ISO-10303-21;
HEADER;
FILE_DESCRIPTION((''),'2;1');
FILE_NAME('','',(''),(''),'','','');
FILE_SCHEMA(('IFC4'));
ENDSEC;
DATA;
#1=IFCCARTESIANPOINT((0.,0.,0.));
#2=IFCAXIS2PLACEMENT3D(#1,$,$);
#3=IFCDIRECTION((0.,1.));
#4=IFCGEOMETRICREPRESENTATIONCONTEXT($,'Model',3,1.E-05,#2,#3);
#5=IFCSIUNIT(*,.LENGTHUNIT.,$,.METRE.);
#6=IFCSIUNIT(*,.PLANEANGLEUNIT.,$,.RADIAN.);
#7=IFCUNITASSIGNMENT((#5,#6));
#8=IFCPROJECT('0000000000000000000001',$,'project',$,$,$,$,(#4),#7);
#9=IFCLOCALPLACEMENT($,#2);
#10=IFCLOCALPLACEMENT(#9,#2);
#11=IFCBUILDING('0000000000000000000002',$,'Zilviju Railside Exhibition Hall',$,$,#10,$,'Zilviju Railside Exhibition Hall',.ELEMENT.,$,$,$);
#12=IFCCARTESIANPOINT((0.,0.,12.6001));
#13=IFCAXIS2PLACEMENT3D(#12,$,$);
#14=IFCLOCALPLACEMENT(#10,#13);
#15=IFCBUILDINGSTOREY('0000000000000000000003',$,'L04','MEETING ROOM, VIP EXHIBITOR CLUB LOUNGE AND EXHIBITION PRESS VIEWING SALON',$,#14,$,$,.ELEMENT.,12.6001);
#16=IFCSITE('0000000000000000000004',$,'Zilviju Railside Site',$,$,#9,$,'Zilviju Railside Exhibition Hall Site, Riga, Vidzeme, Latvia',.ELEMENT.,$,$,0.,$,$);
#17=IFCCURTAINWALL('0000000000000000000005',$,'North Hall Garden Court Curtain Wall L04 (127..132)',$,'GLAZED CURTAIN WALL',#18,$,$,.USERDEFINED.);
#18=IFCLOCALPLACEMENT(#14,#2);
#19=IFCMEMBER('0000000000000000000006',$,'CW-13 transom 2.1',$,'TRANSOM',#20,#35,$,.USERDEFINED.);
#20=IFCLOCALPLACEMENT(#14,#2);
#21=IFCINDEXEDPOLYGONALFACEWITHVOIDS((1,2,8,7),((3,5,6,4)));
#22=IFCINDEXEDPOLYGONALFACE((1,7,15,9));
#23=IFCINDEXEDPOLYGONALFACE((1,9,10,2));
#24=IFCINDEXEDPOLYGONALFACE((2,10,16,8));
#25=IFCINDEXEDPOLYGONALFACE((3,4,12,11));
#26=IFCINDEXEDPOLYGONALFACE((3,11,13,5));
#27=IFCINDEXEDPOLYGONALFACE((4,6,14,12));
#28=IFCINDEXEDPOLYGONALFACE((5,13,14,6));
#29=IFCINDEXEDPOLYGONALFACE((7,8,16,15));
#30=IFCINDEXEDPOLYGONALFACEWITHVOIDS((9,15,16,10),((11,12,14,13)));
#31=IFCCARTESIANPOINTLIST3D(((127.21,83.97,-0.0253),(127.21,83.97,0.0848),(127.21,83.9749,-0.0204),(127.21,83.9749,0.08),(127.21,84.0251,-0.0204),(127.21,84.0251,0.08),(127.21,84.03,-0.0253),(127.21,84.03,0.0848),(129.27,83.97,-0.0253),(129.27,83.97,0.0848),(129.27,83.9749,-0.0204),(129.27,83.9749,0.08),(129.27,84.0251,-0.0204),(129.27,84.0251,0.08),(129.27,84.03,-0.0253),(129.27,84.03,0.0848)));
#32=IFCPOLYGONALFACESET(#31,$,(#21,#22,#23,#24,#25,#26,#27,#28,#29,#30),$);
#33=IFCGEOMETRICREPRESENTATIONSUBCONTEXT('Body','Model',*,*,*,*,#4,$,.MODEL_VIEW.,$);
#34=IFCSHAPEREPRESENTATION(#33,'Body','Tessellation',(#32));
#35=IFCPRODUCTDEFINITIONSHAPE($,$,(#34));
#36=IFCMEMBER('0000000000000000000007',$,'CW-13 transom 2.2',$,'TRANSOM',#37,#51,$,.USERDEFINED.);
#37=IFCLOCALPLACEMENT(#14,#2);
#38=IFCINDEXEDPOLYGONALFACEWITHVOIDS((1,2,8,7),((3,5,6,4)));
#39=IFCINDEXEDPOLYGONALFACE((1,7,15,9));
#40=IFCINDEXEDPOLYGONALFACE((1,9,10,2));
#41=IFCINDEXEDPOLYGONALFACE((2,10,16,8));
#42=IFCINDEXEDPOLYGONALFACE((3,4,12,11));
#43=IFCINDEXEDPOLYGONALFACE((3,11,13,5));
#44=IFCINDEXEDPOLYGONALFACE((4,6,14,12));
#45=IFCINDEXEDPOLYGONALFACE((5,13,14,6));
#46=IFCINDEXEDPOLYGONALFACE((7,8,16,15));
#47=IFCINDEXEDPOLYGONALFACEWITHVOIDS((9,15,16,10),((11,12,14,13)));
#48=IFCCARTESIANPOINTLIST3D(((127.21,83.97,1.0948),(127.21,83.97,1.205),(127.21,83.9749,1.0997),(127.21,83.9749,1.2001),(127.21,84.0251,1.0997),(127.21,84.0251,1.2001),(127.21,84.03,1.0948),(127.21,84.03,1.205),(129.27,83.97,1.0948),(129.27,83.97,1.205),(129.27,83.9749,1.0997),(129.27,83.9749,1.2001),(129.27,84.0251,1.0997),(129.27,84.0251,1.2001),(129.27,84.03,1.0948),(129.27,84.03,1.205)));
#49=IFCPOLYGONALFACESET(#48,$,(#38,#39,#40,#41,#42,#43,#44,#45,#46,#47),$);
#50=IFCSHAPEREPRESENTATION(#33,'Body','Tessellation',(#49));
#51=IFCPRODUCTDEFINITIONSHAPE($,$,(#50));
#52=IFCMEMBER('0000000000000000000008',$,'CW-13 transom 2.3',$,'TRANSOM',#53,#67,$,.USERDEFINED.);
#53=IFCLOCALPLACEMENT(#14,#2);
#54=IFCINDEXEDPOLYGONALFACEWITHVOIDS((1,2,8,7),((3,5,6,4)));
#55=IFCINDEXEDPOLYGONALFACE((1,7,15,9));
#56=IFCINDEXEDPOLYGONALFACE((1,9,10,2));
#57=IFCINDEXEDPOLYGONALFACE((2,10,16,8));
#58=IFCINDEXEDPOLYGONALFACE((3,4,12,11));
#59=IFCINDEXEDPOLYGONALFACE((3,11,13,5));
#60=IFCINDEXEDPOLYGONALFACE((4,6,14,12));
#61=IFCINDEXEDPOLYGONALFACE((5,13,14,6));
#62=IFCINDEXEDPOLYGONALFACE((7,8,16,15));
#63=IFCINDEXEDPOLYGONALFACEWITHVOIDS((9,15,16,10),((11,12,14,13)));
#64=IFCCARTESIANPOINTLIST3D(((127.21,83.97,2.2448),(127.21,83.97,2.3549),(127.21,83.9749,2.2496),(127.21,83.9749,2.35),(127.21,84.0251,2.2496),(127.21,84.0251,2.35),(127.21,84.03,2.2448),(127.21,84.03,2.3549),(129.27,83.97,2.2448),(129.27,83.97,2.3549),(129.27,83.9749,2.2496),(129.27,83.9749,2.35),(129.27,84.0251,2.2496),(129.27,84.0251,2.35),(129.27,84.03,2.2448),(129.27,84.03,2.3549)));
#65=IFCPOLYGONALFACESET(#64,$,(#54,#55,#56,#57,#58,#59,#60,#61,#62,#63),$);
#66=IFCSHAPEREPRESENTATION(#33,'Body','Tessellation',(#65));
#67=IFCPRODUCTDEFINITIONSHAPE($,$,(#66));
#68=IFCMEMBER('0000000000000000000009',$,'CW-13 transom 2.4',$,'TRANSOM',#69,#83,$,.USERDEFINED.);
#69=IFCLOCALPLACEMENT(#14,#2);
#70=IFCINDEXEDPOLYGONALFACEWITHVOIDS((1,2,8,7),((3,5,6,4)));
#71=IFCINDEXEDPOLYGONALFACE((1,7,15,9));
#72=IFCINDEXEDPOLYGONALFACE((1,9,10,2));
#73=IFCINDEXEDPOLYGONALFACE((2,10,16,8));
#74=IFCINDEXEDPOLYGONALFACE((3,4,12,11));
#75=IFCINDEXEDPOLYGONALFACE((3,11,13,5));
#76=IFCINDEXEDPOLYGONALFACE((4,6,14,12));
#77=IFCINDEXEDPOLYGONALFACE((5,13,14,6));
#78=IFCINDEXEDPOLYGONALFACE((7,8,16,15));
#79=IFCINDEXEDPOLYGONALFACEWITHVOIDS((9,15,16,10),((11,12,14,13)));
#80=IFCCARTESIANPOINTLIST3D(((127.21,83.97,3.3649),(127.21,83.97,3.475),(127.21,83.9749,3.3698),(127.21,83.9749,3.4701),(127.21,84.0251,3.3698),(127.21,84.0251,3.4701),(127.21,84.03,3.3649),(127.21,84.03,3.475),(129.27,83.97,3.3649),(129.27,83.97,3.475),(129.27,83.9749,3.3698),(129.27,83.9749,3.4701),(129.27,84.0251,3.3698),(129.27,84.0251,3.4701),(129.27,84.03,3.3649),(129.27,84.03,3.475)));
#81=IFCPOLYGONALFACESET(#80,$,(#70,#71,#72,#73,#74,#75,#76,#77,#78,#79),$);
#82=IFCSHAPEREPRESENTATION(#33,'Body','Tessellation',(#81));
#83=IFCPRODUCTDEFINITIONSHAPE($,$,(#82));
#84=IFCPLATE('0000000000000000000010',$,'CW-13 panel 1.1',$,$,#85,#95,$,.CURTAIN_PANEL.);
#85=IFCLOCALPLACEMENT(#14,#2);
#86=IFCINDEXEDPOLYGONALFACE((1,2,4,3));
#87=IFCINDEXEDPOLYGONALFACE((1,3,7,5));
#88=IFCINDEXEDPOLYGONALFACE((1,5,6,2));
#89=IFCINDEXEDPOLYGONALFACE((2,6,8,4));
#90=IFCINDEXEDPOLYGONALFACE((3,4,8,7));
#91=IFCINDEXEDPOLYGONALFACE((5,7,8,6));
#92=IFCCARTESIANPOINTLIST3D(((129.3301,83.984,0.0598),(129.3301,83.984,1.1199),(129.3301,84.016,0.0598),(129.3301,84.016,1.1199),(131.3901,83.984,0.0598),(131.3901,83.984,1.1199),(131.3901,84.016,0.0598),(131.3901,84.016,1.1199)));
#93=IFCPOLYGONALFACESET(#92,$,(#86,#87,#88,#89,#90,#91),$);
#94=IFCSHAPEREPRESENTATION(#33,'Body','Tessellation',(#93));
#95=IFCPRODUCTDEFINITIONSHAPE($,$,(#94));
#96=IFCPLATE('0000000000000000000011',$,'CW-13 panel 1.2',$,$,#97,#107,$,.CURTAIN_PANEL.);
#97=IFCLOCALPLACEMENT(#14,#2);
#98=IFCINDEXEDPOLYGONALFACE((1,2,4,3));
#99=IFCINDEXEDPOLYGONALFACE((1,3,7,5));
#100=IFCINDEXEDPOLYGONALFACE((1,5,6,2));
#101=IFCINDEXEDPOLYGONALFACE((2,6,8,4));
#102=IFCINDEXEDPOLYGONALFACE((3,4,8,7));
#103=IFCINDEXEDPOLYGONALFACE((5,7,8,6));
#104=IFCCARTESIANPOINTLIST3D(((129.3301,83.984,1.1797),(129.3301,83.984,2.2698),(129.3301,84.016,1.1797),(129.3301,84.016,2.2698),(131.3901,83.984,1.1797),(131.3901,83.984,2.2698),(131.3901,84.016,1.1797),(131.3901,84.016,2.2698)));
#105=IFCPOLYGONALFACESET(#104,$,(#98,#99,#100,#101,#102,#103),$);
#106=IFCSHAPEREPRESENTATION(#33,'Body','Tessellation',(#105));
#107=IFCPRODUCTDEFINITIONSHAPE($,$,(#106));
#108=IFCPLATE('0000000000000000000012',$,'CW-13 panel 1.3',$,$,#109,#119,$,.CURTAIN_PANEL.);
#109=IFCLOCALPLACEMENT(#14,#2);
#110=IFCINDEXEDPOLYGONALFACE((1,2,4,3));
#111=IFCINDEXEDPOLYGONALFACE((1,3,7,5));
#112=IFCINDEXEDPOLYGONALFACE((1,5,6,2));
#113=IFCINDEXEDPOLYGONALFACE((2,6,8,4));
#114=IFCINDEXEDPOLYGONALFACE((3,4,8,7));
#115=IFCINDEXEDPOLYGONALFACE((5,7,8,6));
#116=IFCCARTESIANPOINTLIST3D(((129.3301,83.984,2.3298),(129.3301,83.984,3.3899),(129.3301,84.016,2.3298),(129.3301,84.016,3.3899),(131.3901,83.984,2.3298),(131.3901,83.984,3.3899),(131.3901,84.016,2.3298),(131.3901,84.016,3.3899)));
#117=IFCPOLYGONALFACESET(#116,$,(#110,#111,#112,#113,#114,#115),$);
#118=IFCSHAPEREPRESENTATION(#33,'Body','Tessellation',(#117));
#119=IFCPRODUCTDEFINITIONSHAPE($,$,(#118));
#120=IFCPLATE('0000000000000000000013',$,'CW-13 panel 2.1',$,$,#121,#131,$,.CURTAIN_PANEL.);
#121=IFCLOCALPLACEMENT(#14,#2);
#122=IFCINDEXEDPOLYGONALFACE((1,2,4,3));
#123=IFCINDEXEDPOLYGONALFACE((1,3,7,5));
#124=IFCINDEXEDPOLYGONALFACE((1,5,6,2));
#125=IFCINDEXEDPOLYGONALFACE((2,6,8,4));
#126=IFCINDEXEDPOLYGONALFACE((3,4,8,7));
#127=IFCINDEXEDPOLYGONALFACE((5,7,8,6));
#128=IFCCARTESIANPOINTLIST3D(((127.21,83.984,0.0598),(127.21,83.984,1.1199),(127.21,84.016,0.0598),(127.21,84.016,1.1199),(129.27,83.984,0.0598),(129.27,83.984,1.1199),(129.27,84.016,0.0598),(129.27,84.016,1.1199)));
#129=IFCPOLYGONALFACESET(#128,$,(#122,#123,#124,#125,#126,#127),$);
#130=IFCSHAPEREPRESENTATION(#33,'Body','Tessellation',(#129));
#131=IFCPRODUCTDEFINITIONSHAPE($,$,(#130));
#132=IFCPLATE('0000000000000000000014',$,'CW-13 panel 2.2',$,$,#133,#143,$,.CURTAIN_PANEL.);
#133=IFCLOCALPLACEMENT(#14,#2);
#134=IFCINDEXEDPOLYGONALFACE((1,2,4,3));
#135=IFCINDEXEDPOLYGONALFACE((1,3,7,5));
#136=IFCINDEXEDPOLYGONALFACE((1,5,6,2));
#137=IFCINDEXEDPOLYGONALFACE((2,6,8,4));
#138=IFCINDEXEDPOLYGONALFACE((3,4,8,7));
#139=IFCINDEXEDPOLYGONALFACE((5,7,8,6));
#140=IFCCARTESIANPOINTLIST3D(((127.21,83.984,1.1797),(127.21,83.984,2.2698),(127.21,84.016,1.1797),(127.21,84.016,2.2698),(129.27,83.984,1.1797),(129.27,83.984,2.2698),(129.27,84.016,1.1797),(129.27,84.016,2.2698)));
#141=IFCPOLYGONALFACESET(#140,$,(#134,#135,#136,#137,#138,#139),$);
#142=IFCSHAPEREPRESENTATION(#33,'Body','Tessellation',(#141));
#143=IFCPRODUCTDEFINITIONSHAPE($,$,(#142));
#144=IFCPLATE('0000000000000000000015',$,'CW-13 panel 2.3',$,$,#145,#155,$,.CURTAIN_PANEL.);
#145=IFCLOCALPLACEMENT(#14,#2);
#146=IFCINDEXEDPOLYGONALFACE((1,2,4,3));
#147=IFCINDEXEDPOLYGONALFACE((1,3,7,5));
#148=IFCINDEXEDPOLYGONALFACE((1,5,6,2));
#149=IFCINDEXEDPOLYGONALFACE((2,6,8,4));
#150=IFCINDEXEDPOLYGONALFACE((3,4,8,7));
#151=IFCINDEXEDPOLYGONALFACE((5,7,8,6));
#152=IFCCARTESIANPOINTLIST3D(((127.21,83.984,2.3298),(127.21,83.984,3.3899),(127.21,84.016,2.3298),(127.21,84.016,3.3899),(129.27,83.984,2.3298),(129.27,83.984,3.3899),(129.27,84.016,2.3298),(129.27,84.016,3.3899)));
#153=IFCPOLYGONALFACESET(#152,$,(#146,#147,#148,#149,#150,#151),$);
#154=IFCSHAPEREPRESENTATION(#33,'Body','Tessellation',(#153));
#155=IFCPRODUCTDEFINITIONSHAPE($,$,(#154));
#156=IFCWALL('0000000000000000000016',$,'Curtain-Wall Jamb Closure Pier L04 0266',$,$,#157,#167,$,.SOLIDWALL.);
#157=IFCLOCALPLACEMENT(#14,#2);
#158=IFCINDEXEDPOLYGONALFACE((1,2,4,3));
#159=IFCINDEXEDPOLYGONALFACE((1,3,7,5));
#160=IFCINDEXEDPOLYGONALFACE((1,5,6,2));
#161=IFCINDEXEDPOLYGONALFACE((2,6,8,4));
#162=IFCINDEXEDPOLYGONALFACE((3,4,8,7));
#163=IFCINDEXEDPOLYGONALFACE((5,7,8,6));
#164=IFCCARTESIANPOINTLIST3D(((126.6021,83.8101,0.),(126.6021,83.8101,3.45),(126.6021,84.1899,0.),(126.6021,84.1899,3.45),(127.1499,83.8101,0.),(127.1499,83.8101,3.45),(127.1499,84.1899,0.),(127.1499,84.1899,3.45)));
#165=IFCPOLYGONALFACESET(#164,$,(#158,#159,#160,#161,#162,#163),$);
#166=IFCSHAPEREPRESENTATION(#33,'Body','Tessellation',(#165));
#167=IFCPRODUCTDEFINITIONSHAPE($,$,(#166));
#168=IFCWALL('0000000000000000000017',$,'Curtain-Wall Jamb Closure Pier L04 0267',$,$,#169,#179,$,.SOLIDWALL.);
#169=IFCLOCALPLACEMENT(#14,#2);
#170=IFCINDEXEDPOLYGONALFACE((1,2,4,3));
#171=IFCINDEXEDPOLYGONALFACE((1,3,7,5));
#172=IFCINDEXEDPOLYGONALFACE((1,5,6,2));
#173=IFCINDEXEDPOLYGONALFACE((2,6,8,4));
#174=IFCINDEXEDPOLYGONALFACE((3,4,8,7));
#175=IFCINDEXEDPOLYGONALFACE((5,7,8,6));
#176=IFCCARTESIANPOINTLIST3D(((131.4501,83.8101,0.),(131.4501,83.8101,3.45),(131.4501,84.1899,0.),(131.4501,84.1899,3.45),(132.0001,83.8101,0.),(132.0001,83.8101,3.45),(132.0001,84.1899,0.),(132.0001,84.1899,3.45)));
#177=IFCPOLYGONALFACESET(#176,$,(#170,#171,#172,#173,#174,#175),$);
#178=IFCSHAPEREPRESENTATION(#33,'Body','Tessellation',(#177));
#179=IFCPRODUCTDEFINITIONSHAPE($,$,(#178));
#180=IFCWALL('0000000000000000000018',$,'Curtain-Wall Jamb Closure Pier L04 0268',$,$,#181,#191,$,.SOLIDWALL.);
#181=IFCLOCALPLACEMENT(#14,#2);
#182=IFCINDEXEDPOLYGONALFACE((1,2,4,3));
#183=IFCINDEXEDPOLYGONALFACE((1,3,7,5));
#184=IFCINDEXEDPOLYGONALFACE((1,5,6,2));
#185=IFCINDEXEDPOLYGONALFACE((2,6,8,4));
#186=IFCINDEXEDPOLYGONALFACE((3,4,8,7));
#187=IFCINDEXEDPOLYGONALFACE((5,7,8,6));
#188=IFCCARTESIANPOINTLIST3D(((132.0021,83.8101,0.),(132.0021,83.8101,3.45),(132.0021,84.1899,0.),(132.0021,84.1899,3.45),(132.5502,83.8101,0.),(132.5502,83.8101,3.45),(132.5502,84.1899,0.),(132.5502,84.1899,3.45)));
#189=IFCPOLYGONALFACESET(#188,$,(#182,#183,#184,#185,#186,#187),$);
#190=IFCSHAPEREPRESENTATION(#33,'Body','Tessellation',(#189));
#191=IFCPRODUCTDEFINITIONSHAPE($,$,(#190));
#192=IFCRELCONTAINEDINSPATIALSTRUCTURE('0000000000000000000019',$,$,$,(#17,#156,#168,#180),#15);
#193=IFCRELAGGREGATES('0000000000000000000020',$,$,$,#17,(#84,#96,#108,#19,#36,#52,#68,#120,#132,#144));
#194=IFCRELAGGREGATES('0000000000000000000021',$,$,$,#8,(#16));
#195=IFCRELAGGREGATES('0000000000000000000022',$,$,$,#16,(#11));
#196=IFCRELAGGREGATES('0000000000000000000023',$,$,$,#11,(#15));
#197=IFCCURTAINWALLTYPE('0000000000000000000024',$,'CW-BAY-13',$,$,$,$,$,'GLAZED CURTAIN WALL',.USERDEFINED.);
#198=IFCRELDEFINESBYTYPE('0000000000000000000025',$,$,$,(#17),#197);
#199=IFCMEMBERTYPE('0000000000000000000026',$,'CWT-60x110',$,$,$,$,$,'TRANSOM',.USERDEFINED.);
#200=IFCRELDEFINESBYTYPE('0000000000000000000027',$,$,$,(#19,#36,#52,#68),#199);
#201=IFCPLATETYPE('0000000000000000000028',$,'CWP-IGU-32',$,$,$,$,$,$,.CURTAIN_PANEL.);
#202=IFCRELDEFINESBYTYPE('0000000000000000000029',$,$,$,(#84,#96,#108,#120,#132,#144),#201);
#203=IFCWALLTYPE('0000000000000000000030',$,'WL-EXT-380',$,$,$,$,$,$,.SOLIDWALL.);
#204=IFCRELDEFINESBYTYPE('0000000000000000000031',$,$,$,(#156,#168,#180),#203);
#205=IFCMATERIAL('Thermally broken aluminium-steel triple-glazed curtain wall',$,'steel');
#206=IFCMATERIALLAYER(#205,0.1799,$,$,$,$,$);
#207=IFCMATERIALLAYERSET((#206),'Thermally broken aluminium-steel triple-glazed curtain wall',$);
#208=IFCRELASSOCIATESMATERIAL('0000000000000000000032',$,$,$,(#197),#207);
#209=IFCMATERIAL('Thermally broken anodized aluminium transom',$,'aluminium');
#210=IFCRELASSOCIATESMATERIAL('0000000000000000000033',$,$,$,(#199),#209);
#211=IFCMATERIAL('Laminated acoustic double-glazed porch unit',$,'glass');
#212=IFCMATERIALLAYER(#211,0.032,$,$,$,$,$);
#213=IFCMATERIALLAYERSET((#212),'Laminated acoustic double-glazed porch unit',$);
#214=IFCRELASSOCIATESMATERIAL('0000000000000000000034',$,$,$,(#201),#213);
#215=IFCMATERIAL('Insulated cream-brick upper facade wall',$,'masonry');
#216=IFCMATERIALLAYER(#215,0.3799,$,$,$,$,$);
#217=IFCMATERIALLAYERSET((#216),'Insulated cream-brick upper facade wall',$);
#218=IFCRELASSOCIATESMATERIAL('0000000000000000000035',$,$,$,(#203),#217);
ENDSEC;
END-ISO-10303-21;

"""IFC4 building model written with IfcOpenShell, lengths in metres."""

from ifc_helpers import new_model, si_unit, direction, frame, frame_2d, origin, origin_2d, place, context, subcontext, project, spatial, rectangle, hollow_rectangle, extrude, material, layer, layer_set, material_profile, profile_set, type_object, element, aggregate, save


model = new_model("IFC4")

# Units and contexts
model_context = context("Model", 3, precision=1e-05, world=origin(), true_north=direction((0.0, 1.0)))
body_context = subcontext(model_context, "Body", "Model", "MODEL_VIEW")
ifc_project = project(units=[si_unit("LENGTHUNIT", "METRE"), si_unit("PLANEANGLEUNIT", "RADIAN")], contexts=[model_context])

# Site, building, storey
site_placement = place(None, origin())
site = spatial("IfcSite", under=ifc_project, at=site_placement, Name="Zilviju Railside Site", LongName="Zilviju Railside Exhibition Hall Site, Riga, Vidzeme, Latvia", CompositionType="ELEMENT", RefElevation=0.0)
building_placement = place(site_placement, origin())
building = spatial("IfcBuilding", under=site, at=building_placement, Name="Zilviju Railside Exhibition Hall", LongName="Zilviju Railside Exhibition Hall", CompositionType="ELEMENT")
storey_placement = place(building_placement, frame((0.0, 0.0, 12.6001)))
storey = spatial("IfcBuildingStorey", under=building, at=storey_placement, Name="L04", Description="MEETING ROOM, VIP EXHIBITOR CLUB LOUNGE AND EXHIBITION PRESS VIEWING SALON", CompositionType="ELEMENT", Elevation=12.6001)

# Curtain wall
ifc_material_1 = material(Name="Thermally broken aluminium-steel triple-glazed curtain wall", Category="steel")
ifc_layer_1 = layer(ifc_material_1, 0.1799)
ifc_layer_set_1 = layer_set([ifc_layer_1], Name="Thermally broken aluminium-steel triple-glazed curtain wall")
curtain_wall_type_1 = type_object("IfcCurtainWallType", Name="CW-BAY-13", ElementType="GLAZED CURTAIN WALL", PredefinedType="USERDEFINED", material=ifc_layer_set_1)
curtain_wall_1_placement = place(storey_placement, origin())
curtain_wall_1 = element("IfcCurtainWall", 1, at=curtain_wall_1_placement, inside=storey, type_object=curtain_wall_type_1, Name="North Hall Garden Court Curtain Wall L04 (127..132)", ObjectType="GLAZED CURTAIN WALL", PredefinedType="USERDEFINED")

# Members
ifc_material_2 = material(Name="Thermally broken anodized aluminium transom", Category="aluminium")
ifc_material_profile_1 = material_profile(ifc_material_2, hollow_rectangle(XDim=0.0601, YDim=0.1101, WallThickness=0.0049, at=origin_2d()), Name="TRANSOM 110x60x5")
ifc_profile_set_1 = profile_set([ifc_material_profile_1], Name="Thermally broken anodized aluminium transom")
member_type_1 = type_object("IfcMemberType", Name="CWT-60x110", ElementType="TRANSOM", PredefinedType="USERDEFINED", material=ifc_profile_set_1)
member_1_placement = place(storey_placement, frame((129.27, 84.0, 0.0298), z_axis=(-1.0, 0.0, 0.0), x_axis=(0.0, -1.0, 0.0)))
member_1 = element("IfcMember", 2, at=member_1_placement, type_object=member_type_1, Name="CW-13 transom 2.1", ObjectType="TRANSOM", PredefinedType="USERDEFINED", context=body_context, shape_type="SweptSolid", body=[
    extrude(hollow_rectangle(XDim=0.0601, YDim=0.1101, WallThickness=0.0049, at=origin_2d()), origin(), (0.0, 0.0, 1.0), 2.0601),
])
member_2_placement = place(storey_placement, frame((129.27, 84.0, 1.1499), z_axis=(-1.0, 0.0, 0.0), x_axis=(0.0, -1.0, 0.0)))
member_2 = element("IfcMember", 3, at=member_2_placement, type_object=member_type_1, Name="CW-13 transom 2.2", ObjectType="TRANSOM", PredefinedType="USERDEFINED", context=body_context, shape_type="SweptSolid", body=[
    extrude(hollow_rectangle(XDim=0.0601, YDim=0.1101, WallThickness=0.0049, at=origin_2d()), origin(), (0.0, 0.0, 1.0), 2.0601),
])
member_3_placement = place(storey_placement, frame((129.27, 84.0, 2.2998), z_axis=(-1.0, 0.0, 0.0), x_axis=(0.0, -1.0, 0.0)))
member_3 = element("IfcMember", 4, at=member_3_placement, type_object=member_type_1, Name="CW-13 transom 2.3", ObjectType="TRANSOM", PredefinedType="USERDEFINED", context=body_context, shape_type="SweptSolid", body=[
    extrude(hollow_rectangle(XDim=0.0601, YDim=0.1101, WallThickness=0.0049, at=origin_2d()), origin(), (0.0, 0.0, 1.0), 2.0601),
])
member_4_placement = place(storey_placement, frame((129.27, 84.0, 3.4199), z_axis=(-1.0, 0.0, 0.0), x_axis=(0.0, -1.0, 0.0)))
member_4 = element("IfcMember", 5, at=member_4_placement, type_object=member_type_1, Name="CW-13 transom 2.4", ObjectType="TRANSOM", PredefinedType="USERDEFINED", context=body_context, shape_type="SweptSolid", body=[
    extrude(hollow_rectangle(XDim=0.0601, YDim=0.1101, WallThickness=0.0049, at=origin_2d()), origin(), (0.0, 0.0, 1.0), 2.0601),
])

# Plates
ifc_material_3 = material(Name="Laminated acoustic double-glazed porch unit", Category="glass")
ifc_layer_2 = layer(ifc_material_3, 0.032)
ifc_layer_set_2 = layer_set([ifc_layer_2], Name="Laminated acoustic double-glazed porch unit")
plate_type = type_object("IfcPlateType", Name="CWP-IGU-32", PredefinedType="CURTAIN_PANEL", material=ifc_layer_set_2)
plate_1_placement = place(storey_placement, frame((130.3601, 84.0, 0.0598), z_axis=(0.0, 0.0, 1.0), x_axis=(-1.0, 0.0, 0.0)))
plate_1 = element("IfcPlate", 6, at=plate_1_placement, type_object=plate_type, Name="CW-13 panel 1.1", PredefinedType="CURTAIN_PANEL", context=body_context, shape_type="SweptSolid", body=[
    extrude(rectangle(XDim=2.0601, YDim=0.032, at=origin_2d()), origin(), (0.0, 0.0, 1.0), 1.0601),
])
plate_2_placement = place(storey_placement, frame((130.3601, 84.0, 1.1797), z_axis=(0.0, 0.0, 1.0), x_axis=(-1.0, 0.0, 0.0)))
plate_2 = element("IfcPlate", 7, at=plate_2_placement, type_object=plate_type, Name="CW-13 panel 1.2", PredefinedType="CURTAIN_PANEL", context=body_context, shape_type="SweptSolid", body=[
    extrude(rectangle(XDim=2.0601, YDim=0.032, at=origin_2d()), origin(), (0.0, 0.0, 1.0), 1.0901),
])
plate_3_placement = place(storey_placement, frame((130.3601, 84.0, 2.3298), z_axis=(0.0, 0.0, 1.0), x_axis=(-1.0, 0.0, 0.0)))
plate_3 = element("IfcPlate", 8, at=plate_3_placement, type_object=plate_type, Name="CW-13 panel 1.3", PredefinedType="CURTAIN_PANEL", context=body_context, shape_type="SweptSolid", body=[
    extrude(rectangle(XDim=2.0601, YDim=0.032, at=origin_2d()), origin(), (0.0, 0.0, 1.0), 1.0601),
])
plate_4_placement = place(storey_placement, frame((128.24, 84.0, 0.0598), z_axis=(0.0, 0.0, 1.0), x_axis=(-1.0, 0.0, 0.0)))
plate_4 = element("IfcPlate", 9, at=plate_4_placement, type_object=plate_type, Name="CW-13 panel 2.1", PredefinedType="CURTAIN_PANEL", context=body_context, shape_type="SweptSolid", body=[
    extrude(rectangle(XDim=2.0601, YDim=0.032, at=origin_2d()), origin(), (0.0, 0.0, 1.0), 1.0601),
])
plate_5_placement = place(storey_placement, frame((128.24, 84.0, 1.1797), z_axis=(0.0, 0.0, 1.0), x_axis=(-1.0, 0.0, 0.0)))
plate_5 = element("IfcPlate", 10, at=plate_5_placement, type_object=plate_type, Name="CW-13 panel 2.2", PredefinedType="CURTAIN_PANEL", context=body_context, shape_type="SweptSolid", body=[
    extrude(rectangle(XDim=2.0601, YDim=0.032, at=origin_2d()), origin(), (0.0, 0.0, 1.0), 1.0901),
])
plate_6_placement = place(storey_placement, frame((128.24, 84.0, 2.3298), z_axis=(0.0, 0.0, 1.0), x_axis=(-1.0, 0.0, 0.0)))
plate_6 = element("IfcPlate", 11, at=plate_6_placement, type_object=plate_type, Name="CW-13 panel 2.3", PredefinedType="CURTAIN_PANEL", context=body_context, shape_type="SweptSolid", body=[
    extrude(rectangle(XDim=2.0601, YDim=0.032, at=origin_2d()), origin(), (0.0, 0.0, 1.0), 1.0601),
])
aggregate(curtain_wall_1, [plate_1, plate_2, plate_3, member_1, member_2, member_3, member_4, plate_4, plate_5, plate_6])

# Walls
ifc_material_4 = material(Name="Insulated cream-brick upper facade wall", Category="masonry")
ifc_layer_3 = layer(ifc_material_4, 0.3799)
ifc_layer_set_3 = layer_set([ifc_layer_3], Name="Insulated cream-brick upper facade wall")
wall_type = type_object("IfcWallType", Name="WL-EXT-380", PredefinedType="SOLIDWALL", material=ifc_layer_set_3)
wall_1_placement = place(storey_placement, frame((127.1499, 84.0, 0.0), z_axis=(0.0, 0.0, 1.0), x_axis=(-1.0, 0.0, 0.0)))
element("IfcWall", 12, at=wall_1_placement, inside=storey, type_object=wall_type, Name="Curtain-Wall Jamb Closure Pier L04 0266", PredefinedType="SOLIDWALL", context=body_context, shape_type="SweptSolid", body=[
    extrude(rectangle(XDim=0.5479, YDim=0.3799, at=frame_2d((0.2739, 0.0))), origin(), (0.0, 0.0, 1.0), 3.45),
])
wall_2_placement = place(storey_placement, frame((132.0, 84.0, 0.0), z_axis=(0.0, 0.0, 1.0), x_axis=(-1.0, 0.0, 0.0)))
element("IfcWall", 13, at=wall_2_placement, inside=storey, type_object=wall_type, Name="Curtain-Wall Jamb Closure Pier L04 0267", PredefinedType="SOLIDWALL", context=body_context, shape_type="SweptSolid", body=[
    extrude(rectangle(XDim=0.55, YDim=0.3799, at=frame_2d((0.2749, 0.0))), origin(), (0.0, 0.0, 1.0), 3.45),
])
wall_3_placement = place(storey_placement, frame((132.55, 84.0, 0.0), z_axis=(0.0, 0.0, 1.0), x_axis=(-1.0, 0.0, 0.0)))
element("IfcWall", 14, at=wall_3_placement, inside=storey, type_object=wall_type, Name="Curtain-Wall Jamb Closure Pier L04 0268", PredefinedType="SOLIDWALL", context=body_context, shape_type="SweptSolid", body=[
    extrude(rectangle(XDim=0.5481, YDim=0.3799, at=frame_2d((0.2739, 0.0))), origin(), (0.0, 0.0, 1.0), 3.45),
])

save(model, "model.ifc")
